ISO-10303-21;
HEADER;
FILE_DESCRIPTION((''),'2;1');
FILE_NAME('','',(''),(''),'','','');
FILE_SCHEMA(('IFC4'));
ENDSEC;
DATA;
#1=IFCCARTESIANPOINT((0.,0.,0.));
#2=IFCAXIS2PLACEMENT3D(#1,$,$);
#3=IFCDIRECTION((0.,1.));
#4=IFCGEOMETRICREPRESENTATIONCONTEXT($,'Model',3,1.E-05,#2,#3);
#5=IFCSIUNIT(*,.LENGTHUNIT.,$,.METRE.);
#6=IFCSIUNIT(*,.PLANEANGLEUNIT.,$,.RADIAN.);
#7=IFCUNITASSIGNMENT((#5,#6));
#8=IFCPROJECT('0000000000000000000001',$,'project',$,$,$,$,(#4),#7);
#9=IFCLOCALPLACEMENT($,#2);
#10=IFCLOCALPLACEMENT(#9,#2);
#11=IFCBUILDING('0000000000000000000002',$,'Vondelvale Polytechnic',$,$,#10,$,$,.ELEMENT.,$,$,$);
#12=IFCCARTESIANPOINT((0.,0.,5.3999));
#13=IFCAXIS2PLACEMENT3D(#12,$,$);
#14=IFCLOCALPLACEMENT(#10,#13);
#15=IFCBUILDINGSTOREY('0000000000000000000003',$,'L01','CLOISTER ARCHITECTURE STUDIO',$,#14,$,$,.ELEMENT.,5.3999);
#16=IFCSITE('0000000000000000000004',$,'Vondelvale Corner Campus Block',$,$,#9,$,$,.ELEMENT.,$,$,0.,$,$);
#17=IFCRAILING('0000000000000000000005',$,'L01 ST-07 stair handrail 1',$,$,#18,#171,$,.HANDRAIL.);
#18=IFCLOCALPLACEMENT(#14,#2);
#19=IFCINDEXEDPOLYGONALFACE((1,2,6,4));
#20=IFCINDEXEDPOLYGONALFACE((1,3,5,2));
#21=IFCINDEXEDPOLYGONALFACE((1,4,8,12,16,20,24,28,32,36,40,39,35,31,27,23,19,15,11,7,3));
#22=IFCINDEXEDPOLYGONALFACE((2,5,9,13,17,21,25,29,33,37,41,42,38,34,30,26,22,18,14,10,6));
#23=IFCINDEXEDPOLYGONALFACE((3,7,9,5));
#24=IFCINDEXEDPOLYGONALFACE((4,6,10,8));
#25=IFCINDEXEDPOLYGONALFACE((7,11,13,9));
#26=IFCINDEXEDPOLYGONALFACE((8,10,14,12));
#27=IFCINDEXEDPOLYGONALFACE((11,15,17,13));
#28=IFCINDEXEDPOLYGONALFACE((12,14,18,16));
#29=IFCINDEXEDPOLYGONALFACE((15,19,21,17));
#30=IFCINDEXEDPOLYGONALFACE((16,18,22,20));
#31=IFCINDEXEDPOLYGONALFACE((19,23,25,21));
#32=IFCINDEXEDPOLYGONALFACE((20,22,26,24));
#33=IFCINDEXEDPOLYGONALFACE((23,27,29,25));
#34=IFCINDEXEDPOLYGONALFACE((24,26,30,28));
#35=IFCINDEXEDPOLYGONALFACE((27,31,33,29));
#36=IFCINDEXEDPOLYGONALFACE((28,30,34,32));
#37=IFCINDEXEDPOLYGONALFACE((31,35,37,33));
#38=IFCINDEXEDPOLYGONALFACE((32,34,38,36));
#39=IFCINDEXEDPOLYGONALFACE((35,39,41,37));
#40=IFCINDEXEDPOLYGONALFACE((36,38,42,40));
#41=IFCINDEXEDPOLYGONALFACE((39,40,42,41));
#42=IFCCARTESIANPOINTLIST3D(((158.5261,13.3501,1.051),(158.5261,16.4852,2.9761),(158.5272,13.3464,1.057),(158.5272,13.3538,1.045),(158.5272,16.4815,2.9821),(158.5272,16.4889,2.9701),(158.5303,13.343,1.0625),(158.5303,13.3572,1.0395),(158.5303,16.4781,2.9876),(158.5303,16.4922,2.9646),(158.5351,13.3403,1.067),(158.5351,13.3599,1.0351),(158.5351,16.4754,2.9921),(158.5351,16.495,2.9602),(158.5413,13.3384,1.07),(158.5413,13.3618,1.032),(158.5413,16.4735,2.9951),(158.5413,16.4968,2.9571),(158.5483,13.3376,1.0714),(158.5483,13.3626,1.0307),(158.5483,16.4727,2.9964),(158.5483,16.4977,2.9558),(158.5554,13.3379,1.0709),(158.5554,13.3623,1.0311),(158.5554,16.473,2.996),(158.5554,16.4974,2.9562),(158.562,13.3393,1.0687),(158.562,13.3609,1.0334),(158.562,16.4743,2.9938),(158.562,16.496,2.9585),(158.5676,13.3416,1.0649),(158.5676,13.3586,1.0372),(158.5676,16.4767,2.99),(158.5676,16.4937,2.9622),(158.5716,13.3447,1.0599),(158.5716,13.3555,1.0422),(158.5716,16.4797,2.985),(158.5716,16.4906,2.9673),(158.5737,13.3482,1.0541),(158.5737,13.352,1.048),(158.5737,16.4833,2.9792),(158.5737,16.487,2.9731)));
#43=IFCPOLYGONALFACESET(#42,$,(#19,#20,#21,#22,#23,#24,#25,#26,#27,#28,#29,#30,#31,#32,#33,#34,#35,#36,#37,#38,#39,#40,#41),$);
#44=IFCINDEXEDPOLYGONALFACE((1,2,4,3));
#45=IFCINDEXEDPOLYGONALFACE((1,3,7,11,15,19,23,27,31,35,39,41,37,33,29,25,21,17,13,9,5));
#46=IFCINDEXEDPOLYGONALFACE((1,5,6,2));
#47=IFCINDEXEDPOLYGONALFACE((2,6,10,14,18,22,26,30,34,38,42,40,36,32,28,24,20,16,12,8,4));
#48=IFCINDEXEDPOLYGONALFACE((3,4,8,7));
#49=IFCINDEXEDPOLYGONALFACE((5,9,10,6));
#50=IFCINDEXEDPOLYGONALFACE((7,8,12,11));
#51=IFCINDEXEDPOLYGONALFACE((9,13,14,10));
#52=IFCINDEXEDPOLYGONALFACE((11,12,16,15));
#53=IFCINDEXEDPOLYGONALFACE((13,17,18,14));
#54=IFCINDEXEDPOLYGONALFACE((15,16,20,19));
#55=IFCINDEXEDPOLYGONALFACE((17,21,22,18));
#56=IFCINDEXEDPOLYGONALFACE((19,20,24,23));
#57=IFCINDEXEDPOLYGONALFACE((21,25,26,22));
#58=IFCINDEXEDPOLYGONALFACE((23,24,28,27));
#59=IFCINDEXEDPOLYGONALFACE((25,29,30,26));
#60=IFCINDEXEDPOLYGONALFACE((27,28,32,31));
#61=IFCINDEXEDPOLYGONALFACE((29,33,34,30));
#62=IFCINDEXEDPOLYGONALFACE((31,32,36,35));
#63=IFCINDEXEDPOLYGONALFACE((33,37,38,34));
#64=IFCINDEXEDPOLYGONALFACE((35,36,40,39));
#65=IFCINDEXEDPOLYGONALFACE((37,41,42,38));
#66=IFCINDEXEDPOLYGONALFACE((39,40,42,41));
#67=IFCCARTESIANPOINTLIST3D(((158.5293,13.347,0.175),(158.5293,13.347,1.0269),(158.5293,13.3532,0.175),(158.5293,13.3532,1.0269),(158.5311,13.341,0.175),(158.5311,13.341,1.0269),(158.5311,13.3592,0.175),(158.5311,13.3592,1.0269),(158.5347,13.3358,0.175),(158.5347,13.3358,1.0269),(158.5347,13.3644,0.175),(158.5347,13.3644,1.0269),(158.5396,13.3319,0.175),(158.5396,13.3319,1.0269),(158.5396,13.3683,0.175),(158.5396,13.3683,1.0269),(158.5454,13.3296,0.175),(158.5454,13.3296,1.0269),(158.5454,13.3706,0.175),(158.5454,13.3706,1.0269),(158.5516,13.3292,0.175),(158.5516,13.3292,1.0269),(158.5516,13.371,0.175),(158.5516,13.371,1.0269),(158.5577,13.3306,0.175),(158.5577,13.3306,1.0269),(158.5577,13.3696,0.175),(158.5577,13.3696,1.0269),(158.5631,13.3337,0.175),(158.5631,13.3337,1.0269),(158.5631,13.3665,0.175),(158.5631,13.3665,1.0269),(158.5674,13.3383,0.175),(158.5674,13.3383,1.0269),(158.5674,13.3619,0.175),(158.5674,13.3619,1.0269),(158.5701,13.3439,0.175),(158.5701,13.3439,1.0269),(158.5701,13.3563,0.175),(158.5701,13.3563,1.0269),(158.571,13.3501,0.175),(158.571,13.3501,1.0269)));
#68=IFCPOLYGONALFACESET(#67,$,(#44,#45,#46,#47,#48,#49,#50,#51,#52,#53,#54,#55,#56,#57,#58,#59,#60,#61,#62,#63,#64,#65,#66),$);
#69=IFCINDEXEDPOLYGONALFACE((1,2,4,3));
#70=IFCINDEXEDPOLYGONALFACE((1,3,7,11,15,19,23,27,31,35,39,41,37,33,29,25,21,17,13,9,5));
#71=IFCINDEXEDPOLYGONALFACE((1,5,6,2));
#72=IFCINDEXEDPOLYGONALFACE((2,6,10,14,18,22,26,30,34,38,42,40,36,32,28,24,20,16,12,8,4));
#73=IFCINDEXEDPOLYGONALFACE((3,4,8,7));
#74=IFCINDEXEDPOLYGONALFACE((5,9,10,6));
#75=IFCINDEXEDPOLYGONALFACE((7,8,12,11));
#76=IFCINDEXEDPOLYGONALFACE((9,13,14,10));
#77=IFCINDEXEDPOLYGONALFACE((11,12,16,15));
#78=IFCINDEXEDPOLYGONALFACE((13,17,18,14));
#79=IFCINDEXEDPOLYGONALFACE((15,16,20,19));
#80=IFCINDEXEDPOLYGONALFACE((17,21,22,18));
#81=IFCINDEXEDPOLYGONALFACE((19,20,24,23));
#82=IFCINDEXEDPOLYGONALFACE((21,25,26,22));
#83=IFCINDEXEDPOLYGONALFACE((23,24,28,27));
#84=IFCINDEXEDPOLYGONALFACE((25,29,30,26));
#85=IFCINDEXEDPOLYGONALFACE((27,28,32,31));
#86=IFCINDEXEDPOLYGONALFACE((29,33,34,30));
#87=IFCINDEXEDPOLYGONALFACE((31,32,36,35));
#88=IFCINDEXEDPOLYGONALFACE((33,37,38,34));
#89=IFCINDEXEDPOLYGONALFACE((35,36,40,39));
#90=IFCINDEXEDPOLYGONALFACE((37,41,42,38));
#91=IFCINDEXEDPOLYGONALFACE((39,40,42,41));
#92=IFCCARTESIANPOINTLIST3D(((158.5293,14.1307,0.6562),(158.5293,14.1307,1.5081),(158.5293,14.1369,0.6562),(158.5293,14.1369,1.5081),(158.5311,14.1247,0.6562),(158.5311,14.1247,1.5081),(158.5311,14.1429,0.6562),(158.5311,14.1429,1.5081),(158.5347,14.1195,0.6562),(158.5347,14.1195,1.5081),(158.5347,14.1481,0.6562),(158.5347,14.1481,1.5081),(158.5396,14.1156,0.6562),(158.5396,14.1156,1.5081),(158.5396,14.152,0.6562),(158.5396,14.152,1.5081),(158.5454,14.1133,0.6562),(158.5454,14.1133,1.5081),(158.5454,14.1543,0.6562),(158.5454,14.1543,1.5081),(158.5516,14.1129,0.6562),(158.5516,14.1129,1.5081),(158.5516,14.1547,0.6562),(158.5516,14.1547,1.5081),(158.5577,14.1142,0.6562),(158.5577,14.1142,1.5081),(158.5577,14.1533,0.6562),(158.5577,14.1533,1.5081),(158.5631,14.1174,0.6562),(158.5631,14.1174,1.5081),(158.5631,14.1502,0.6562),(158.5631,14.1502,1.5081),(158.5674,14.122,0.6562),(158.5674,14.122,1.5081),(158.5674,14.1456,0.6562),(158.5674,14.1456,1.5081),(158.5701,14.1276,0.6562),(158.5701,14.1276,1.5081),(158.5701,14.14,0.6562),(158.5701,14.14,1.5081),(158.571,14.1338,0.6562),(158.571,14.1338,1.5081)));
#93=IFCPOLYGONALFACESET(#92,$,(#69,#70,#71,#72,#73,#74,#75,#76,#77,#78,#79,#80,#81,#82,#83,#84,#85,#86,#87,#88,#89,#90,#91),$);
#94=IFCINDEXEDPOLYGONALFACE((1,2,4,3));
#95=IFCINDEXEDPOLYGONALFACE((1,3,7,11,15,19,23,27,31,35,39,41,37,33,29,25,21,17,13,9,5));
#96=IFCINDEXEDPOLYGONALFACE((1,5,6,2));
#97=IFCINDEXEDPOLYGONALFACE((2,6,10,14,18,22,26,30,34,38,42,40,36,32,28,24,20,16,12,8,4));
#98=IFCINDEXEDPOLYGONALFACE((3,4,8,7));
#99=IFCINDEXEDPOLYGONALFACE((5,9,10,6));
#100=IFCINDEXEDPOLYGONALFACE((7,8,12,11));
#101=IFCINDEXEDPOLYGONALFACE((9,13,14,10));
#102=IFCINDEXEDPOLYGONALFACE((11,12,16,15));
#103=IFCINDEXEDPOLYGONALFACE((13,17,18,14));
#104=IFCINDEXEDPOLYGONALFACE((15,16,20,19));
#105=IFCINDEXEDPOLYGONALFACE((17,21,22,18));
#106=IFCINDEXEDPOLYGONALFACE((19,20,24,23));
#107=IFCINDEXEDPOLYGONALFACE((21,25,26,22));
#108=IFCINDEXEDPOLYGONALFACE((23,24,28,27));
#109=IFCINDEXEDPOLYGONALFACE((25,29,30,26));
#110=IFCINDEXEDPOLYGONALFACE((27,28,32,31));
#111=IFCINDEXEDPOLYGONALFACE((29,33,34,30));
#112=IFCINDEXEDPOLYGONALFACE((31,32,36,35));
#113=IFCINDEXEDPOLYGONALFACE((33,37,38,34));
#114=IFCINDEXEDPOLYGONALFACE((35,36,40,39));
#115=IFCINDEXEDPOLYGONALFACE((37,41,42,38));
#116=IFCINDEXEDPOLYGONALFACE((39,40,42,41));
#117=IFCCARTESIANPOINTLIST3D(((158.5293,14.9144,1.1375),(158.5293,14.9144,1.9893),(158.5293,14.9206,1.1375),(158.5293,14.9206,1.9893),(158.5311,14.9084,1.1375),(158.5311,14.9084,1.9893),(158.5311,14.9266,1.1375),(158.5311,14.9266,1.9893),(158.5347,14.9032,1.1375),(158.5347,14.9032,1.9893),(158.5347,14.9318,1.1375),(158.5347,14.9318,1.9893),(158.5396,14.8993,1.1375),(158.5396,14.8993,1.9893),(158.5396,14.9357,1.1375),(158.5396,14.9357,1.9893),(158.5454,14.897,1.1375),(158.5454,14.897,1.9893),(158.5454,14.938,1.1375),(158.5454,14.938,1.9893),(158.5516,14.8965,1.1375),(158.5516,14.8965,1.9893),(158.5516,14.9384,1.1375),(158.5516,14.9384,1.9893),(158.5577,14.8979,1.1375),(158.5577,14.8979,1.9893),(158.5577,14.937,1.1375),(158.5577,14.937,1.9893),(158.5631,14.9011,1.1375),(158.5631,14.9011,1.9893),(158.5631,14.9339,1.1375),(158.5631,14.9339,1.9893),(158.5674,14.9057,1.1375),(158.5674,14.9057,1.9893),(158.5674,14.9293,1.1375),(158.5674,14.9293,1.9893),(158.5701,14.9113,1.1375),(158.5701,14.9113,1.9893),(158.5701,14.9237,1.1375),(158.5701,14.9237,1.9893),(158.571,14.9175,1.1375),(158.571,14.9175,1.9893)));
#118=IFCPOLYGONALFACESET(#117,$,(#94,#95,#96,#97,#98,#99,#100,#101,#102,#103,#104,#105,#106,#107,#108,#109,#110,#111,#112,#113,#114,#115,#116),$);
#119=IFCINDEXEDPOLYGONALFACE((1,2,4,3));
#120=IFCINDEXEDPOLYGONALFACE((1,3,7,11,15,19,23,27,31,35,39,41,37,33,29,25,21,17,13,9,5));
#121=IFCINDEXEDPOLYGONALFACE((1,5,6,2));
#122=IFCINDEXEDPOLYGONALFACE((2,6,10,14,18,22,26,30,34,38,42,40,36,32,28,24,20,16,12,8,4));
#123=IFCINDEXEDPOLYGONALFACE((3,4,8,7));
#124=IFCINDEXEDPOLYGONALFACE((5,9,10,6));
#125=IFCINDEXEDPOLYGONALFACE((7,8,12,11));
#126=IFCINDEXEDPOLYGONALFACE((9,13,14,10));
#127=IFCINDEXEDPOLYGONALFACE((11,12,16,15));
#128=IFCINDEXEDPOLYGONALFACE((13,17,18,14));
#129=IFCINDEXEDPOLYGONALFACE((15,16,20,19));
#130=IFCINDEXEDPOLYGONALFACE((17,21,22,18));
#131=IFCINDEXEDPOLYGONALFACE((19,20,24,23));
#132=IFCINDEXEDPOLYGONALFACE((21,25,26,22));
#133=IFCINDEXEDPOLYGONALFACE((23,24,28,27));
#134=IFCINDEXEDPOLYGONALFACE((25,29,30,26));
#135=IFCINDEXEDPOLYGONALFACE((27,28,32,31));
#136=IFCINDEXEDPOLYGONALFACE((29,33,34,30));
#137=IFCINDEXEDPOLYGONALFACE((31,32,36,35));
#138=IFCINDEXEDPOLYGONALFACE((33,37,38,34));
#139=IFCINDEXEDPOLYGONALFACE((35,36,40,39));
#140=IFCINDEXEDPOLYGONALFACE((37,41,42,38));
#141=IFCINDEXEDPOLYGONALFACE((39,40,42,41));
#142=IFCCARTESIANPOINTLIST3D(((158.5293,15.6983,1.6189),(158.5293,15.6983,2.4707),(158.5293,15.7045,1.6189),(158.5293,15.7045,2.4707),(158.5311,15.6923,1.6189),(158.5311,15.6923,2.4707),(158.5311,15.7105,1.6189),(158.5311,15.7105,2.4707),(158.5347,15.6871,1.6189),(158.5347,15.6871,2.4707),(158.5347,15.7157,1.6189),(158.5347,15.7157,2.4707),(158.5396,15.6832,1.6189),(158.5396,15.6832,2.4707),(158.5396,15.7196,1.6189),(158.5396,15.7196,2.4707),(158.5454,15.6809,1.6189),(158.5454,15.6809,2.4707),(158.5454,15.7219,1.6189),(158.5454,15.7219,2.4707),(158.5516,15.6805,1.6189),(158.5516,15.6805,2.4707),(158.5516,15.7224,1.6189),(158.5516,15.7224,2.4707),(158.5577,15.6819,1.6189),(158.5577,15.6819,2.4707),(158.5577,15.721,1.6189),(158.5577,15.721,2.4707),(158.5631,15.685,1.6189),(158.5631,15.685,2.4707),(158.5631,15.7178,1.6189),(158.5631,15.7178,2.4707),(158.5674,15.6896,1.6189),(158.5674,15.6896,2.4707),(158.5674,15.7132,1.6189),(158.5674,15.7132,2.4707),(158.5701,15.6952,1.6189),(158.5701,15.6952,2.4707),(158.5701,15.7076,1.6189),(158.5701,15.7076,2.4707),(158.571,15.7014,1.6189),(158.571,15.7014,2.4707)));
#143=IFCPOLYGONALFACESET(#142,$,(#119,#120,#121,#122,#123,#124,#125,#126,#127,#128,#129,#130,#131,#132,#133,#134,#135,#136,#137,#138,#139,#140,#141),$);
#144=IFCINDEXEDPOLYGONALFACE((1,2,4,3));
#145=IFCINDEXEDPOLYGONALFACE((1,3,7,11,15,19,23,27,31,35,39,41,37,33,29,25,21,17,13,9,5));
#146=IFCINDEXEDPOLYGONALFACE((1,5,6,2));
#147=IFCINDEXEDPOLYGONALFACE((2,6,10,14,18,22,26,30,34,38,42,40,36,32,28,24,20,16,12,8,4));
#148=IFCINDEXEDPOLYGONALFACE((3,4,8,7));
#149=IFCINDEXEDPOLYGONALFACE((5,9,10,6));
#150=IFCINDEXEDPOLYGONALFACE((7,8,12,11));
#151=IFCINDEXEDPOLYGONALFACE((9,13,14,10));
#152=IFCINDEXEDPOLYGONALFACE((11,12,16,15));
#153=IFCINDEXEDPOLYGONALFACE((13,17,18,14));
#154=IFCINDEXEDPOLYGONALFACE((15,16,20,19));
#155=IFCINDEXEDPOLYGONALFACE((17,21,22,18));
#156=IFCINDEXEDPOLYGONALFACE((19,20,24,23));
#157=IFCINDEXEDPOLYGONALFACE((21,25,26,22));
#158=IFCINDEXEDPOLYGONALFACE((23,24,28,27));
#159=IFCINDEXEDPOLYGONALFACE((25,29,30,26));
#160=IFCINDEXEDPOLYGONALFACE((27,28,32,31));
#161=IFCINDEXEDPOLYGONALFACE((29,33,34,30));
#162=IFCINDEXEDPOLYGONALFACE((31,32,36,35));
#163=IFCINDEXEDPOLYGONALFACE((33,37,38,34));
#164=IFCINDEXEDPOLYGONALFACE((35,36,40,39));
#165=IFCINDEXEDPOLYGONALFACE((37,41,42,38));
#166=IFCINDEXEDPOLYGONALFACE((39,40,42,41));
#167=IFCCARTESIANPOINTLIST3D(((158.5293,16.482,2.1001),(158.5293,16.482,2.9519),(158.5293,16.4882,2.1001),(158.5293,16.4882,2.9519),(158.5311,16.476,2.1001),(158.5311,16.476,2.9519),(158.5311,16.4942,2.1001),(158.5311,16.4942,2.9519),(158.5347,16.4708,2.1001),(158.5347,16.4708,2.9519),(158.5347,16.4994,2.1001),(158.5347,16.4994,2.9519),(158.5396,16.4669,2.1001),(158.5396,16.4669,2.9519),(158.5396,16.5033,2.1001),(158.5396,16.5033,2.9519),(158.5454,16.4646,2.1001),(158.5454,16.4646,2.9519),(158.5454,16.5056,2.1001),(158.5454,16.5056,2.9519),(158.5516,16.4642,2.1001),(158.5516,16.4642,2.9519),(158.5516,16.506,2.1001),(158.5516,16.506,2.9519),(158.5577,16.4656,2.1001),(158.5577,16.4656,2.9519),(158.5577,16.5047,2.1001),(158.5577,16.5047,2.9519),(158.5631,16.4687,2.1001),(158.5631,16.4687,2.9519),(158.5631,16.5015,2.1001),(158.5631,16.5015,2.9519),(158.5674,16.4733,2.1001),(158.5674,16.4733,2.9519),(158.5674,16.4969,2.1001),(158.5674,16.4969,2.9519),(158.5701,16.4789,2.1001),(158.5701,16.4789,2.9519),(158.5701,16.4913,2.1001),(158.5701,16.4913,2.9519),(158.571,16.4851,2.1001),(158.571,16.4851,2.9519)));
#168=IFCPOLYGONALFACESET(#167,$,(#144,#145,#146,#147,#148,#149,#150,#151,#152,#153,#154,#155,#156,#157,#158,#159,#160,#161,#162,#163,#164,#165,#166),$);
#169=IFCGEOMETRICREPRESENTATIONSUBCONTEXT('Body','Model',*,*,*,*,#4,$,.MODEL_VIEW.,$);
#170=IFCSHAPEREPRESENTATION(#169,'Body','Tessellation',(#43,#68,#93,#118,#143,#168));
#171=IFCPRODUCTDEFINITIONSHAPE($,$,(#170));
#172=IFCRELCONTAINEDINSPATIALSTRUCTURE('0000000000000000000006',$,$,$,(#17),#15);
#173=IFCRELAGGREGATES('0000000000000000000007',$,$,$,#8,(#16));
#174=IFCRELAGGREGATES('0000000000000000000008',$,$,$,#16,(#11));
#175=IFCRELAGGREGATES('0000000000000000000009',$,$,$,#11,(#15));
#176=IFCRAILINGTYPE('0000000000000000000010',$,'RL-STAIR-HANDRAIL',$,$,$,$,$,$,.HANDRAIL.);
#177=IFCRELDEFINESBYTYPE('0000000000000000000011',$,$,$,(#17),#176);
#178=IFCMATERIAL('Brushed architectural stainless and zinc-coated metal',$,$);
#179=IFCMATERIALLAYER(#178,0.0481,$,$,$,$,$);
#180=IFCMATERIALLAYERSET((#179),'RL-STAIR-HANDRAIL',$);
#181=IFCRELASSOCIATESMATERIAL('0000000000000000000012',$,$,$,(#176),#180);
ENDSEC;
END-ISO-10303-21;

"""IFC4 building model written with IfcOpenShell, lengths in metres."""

from ifc_helpers import new_model, si_unit, direction, frame, origin, origin_2d, place, context, subcontext, project, spatial, circle, extrude, material, layer, layer_set, type_object, element, save


model = new_model("IFC4")

# Units and contexts
model_context = context("Model", 3, precision=1e-05, world=origin(), true_north=direction((0.0, 1.0)))
body_context = subcontext(model_context, "Body", "Model", "MODEL_VIEW")
ifc_project = project(units=[si_unit("LENGTHUNIT", "METRE"), si_unit("PLANEANGLEUNIT", "RADIAN")], contexts=[model_context])

# Site, building, storey
site_placement = place(None, origin())
site = spatial("IfcSite", under=ifc_project, at=site_placement, Name="Vondelvale Corner Campus Block", CompositionType="ELEMENT", RefElevation=0.0)
building_placement = place(site_placement, origin())
building = spatial("IfcBuilding", under=site, at=building_placement, Name="Vondelvale Polytechnic", CompositionType="ELEMENT")
storey_placement = place(building_placement, frame((0.0, 0.0, 5.3999)))
storey = spatial("IfcBuildingStorey", under=building, at=storey_placement, Name="L01", Description="CLOISTER ARCHITECTURE STUDIO", CompositionType="ELEMENT", Elevation=5.3999)

# Shared definitions
ifc_material_1 = material(Name="Brushed architectural stainless and zinc-coated metal")

# Railing
ifc_layer_1 = layer(ifc_material_1, 0.0481)
ifc_layer_set_1 = layer_set([ifc_layer_1], Name="RL-STAIR-HANDRAIL")
railing_type_1 = type_object("IfcRailingType", Name="RL-STAIR-HANDRAIL", PredefinedType="HANDRAIL", material=ifc_layer_set_1)
railing_1_placement = place(storey_placement, frame((158.55, 13.3501, 0.175)))
element("IfcRailing", 1, at=railing_1_placement, inside=storey, type_object=railing_type_1, Name="L01 ST-07 stair handrail 1", PredefinedType="HANDRAIL", context=body_context, shape_type="SweptSolid", body=[
    extrude(circle(Radius=0.0239, at=origin_2d()), frame((0.0, 0.0, 0.876), z_axis=(0.0, 0.852166, 0.523271), x_axis=(-1.0, 0.0, 0.0)), (0.0, 0.0, 1.0), 3.679),
    extrude(circle(Radius=0.021, at=origin_2d()), origin(), (0.0, 0.0, 1.0), 0.8518),
    extrude(circle(Radius=0.021, at=origin_2d()), frame((0.0, 0.7837, 0.4812)), (0.0, 0.0, 1.0), 0.8518),
    extrude(circle(Radius=0.021, at=origin_2d()), frame((0.0, 1.5674, 0.9624)), (0.0, 0.0, 1.0), 0.8518),
    extrude(circle(Radius=0.021, at=origin_2d()), frame((0.0, 2.3513, 1.4438)), (0.0, 0.0, 1.0), 0.8518),
    extrude(circle(Radius=0.021, at=origin_2d()), frame((0.0, 3.135, 1.925)), (0.0, 0.0, 1.0), 0.8518),
])

save(model, "model.ifc")
